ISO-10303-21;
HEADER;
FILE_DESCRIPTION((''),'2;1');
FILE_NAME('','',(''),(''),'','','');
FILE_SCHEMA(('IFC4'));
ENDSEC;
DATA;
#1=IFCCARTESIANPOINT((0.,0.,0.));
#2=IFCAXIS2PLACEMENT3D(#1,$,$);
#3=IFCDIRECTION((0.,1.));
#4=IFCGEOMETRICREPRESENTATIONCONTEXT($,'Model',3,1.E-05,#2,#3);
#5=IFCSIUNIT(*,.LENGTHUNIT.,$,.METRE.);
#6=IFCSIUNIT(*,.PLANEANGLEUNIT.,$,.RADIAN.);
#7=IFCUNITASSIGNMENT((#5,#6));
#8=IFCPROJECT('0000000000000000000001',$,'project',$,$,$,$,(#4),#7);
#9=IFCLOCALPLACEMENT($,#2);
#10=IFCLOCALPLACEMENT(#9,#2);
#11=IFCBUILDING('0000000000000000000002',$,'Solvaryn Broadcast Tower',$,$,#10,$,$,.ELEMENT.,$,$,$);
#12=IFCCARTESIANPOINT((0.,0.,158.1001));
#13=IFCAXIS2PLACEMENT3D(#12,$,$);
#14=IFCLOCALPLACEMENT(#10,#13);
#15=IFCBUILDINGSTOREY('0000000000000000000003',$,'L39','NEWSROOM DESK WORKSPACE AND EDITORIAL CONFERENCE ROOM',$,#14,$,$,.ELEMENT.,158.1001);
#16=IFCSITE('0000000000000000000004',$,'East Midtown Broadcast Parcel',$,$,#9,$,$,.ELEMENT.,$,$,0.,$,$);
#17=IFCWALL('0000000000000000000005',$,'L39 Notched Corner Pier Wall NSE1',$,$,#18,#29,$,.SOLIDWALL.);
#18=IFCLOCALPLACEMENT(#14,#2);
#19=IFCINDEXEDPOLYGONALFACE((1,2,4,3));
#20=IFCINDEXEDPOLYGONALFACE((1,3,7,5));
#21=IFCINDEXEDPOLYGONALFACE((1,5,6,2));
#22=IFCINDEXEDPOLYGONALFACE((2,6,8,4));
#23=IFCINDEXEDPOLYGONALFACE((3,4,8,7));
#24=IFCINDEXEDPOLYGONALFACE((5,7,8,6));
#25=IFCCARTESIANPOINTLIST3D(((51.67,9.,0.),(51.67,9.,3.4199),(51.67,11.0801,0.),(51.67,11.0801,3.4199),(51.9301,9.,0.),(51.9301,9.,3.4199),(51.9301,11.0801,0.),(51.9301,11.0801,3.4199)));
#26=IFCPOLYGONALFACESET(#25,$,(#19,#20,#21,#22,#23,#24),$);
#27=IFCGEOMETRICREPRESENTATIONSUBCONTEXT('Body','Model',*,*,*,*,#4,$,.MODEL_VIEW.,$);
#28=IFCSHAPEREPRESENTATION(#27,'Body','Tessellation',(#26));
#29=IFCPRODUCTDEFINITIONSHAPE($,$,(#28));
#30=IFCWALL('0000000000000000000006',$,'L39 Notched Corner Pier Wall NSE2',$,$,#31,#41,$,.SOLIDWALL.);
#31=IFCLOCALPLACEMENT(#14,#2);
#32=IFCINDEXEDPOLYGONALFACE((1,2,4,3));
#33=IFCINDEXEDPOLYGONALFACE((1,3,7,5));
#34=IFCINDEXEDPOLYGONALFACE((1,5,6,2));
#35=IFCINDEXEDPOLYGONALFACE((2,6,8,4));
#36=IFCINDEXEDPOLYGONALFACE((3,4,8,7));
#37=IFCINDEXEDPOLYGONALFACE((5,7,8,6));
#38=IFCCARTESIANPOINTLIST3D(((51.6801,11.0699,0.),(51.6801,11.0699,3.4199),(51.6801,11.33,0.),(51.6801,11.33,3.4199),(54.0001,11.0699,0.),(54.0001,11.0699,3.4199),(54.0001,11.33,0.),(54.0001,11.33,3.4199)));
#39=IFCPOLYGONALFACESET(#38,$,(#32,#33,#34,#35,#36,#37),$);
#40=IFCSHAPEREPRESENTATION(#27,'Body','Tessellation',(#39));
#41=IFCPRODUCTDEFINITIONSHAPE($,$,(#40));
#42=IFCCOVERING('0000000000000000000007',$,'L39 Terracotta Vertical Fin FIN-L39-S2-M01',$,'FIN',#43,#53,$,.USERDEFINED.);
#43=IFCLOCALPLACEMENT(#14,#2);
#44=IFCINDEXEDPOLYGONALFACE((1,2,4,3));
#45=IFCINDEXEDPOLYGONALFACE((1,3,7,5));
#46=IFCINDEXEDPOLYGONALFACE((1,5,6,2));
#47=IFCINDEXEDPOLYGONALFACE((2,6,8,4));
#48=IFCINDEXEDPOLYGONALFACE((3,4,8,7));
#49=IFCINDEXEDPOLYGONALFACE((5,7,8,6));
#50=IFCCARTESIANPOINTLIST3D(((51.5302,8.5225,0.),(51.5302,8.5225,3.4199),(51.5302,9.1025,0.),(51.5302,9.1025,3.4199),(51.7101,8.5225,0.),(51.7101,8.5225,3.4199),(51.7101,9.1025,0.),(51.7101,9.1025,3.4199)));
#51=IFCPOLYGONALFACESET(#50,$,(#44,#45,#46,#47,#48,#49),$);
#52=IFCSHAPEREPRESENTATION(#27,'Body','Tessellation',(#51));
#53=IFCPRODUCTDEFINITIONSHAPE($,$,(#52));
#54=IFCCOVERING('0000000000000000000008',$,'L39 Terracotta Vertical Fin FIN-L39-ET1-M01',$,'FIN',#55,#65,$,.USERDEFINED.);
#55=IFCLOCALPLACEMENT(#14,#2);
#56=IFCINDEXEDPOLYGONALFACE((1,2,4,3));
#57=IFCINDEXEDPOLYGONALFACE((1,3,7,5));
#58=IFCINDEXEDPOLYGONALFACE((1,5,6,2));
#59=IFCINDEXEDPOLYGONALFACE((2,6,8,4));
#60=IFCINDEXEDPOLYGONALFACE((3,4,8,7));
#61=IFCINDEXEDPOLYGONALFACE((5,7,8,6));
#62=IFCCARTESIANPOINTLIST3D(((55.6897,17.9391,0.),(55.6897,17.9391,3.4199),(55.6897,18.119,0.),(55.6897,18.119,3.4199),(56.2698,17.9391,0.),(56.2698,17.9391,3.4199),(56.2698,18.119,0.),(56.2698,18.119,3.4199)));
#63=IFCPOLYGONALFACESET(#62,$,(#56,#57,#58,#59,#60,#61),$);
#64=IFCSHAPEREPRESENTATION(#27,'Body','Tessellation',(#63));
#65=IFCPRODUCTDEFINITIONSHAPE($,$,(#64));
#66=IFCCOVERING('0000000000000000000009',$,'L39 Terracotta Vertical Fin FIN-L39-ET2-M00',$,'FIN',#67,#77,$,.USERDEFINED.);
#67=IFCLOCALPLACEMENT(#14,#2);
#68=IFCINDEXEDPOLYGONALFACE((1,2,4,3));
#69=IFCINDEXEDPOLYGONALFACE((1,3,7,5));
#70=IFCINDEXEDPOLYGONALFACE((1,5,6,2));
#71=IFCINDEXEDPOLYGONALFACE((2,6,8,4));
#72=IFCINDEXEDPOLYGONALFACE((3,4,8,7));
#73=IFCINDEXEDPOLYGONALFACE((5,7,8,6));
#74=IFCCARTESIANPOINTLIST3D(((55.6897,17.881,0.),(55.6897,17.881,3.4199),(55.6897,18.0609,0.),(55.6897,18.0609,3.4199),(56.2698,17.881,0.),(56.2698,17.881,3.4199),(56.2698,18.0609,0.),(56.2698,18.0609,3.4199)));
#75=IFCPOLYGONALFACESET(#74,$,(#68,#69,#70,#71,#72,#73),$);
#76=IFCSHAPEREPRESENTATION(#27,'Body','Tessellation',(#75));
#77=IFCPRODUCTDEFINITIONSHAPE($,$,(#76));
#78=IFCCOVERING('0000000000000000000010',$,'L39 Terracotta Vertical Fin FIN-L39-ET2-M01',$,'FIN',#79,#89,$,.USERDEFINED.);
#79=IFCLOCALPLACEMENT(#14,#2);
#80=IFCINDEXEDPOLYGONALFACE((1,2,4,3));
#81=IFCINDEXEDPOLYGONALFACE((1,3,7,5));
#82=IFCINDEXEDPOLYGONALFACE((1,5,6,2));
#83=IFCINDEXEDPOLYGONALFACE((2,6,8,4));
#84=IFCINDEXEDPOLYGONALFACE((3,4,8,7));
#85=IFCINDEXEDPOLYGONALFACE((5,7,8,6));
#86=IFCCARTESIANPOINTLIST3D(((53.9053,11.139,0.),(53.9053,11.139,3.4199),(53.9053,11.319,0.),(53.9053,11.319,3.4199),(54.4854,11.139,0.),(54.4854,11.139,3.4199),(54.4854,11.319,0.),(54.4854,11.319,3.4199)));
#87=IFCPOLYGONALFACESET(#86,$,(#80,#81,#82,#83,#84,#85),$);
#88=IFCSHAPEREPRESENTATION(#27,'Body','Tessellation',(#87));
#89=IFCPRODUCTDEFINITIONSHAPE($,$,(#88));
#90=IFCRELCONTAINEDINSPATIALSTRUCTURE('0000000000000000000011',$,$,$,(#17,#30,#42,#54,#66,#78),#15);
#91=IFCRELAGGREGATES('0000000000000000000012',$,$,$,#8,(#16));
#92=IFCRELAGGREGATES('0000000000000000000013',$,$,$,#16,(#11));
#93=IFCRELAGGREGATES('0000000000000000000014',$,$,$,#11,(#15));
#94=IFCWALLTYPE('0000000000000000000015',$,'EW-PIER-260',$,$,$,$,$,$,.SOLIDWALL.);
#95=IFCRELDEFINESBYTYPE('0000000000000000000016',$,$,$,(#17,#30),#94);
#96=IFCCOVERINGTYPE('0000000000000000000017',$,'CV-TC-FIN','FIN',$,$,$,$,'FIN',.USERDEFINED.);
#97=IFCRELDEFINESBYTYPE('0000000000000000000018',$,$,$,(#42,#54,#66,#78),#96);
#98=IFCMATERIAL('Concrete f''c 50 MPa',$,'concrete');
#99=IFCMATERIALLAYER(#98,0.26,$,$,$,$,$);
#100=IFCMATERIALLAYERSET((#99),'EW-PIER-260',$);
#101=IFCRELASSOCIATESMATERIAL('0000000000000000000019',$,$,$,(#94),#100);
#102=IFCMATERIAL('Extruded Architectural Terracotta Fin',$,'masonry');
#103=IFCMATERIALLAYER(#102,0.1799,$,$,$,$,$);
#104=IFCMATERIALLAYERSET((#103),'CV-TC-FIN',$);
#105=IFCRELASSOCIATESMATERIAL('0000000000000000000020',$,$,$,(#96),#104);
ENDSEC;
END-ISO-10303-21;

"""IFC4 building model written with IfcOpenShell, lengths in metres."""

from ifc_helpers import new_model, si_unit, direction, frame, frame_2d, origin, origin_2d, place, context, subcontext, project, spatial, rectangle, extrude, material, layer, layer_set, type_object, element, save


model = new_model("IFC4")

# Units and contexts
model_context = context("Model", 3, precision=1e-05, world=origin(), true_north=direction((0.0, 1.0)))
body_context = subcontext(model_context, "Body", "Model", "MODEL_VIEW")
ifc_project = project(units=[si_unit("LENGTHUNIT", "METRE"), si_unit("PLANEANGLEUNIT", "RADIAN")], contexts=[model_context])

# Site, building, storey
site_placement = place(None, origin())
site = spatial("IfcSite", under=ifc_project, at=site_placement, Name="East Midtown Broadcast Parcel", CompositionType="ELEMENT", RefElevation=0.0)
building_placement = place(site_placement, origin())
building = spatial("IfcBuilding", under=site, at=building_placement, Name="Solvaryn Broadcast Tower", CompositionType="ELEMENT")
storey_placement = place(building_placement, frame((0.0, 0.0, 158.1001)))
storey = spatial("IfcBuildingStorey", under=building, at=storey_placement, Name="L39", Description="NEWSROOM DESK WORKSPACE AND EDITORIAL CONFERENCE ROOM", CompositionType="ELEMENT", Elevation=158.1001)

# Walls
ifc_material_1 = material(Name="Concrete f'c 50 MPa", Category="concrete")
ifc_layer_1 = layer(ifc_material_1, 0.26)
ifc_layer_set_1 = layer_set([ifc_layer_1], Name="EW-PIER-260")
wall_type = type_object("IfcWallType", Name="EW-PIER-260", PredefinedType="SOLIDWALL", material=ifc_layer_set_1)
wall_1_placement = place(storey_placement, frame((51.8, 9.0, 0.0), z_axis=(0.0, 0.0, 1.0), x_axis=(0.0, 1.0, 0.0)))
element("IfcWall", 1, at=wall_1_placement, inside=storey, type_object=wall_type, Name="L39 Notched Corner Pier Wall NSE1", PredefinedType="SOLIDWALL", context=body_context, shape_type="SweptSolid", body=[
    extrude(rectangle(XDim=2.0801, YDim=0.26, at=frame_2d((1.04, 0.0))), origin(), (0.0, 0.0, 1.0), 3.4199),
])
wall_2_placement = place(storey_placement, frame((51.6799, 11.2, 0.0), z_axis=(0.0, 0.0, 1.0), x_axis=(1.0, 0.0, 0.0)))
element("IfcWall", 2, at=wall_2_placement, inside=storey, type_object=wall_type, Name="L39 Notched Corner Pier Wall NSE2", PredefinedType="SOLIDWALL", context=body_context, shape_type="SweptSolid", body=[
    extrude(rectangle(XDim=2.3201, YDim=0.26, at=frame_2d((1.1602, 0.0))), origin(), (0.0, 0.0, 1.0), 3.4199),
])

# Coverings
ifc_material_2 = material(Name="Extruded Architectural Terracotta Fin", Category="masonry")
ifc_layer_2 = layer(ifc_material_2, 0.1799)
ifc_layer_set_2 = layer_set([ifc_layer_2], Name="CV-TC-FIN")
covering_type = type_object("IfcCoveringType", Name="CV-TC-FIN", Description="FIN", ElementType="FIN", PredefinedType="USERDEFINED", material=ifc_layer_set_2)
covering_placement = place(storey_placement, frame((51.6201, 8.8125, 0.0), z_axis=(0.0, 0.0, 1.0), x_axis=(1.0, 0.0, 0.0)))
element("IfcCovering", 3, at=covering_placement, inside=storey, type_object=covering_type, Name="L39 Terracotta Vertical Fin FIN-L39-S2-M01", ObjectType="FIN", PredefinedType="USERDEFINED", context=body_context, shape_type="SweptSolid", body=[
    extrude(rectangle(XDim=0.1799, YDim=0.5801, at=origin_2d()), origin(), (0.0, 0.0, 1.0), 3.4199),
])
for number, where, z_axis, x_axis, name in (
    (4, (55.9797, 18.0291, 0.0), (0.0, 0.0, 1.0), (1.0, 0.0, 0.0), "L39 Terracotta Vertical Fin FIN-L39-ET1-M01"),
    (5, (55.9797, 17.9709, 0.0), (0.0, 0.0, 1.0), (1.0, 0.0, 0.0), "L39 Terracotta Vertical Fin FIN-L39-ET2-M00"),
    (6, (54.1953, 11.229, 0.0), (0.0, 0.0, 1.0), (1.0, 0.0, 0.0), "L39 Terracotta Vertical Fin FIN-L39-ET2-M01"),
):
    element("IfcCovering", number, at=place(storey_placement, frame(where, z_axis=z_axis, x_axis=x_axis)), inside=storey, type_object=covering_type, Name=name, ObjectType="FIN", PredefinedType="USERDEFINED", context=body_context, shape_type="SweptSolid", body=[
        extrude(rectangle(XDim=0.5801, YDim=0.1799, at=origin_2d()), origin(), (0.0, 0.0, 1.0), 3.4199),
    ])

save(model, "model.ifc")
